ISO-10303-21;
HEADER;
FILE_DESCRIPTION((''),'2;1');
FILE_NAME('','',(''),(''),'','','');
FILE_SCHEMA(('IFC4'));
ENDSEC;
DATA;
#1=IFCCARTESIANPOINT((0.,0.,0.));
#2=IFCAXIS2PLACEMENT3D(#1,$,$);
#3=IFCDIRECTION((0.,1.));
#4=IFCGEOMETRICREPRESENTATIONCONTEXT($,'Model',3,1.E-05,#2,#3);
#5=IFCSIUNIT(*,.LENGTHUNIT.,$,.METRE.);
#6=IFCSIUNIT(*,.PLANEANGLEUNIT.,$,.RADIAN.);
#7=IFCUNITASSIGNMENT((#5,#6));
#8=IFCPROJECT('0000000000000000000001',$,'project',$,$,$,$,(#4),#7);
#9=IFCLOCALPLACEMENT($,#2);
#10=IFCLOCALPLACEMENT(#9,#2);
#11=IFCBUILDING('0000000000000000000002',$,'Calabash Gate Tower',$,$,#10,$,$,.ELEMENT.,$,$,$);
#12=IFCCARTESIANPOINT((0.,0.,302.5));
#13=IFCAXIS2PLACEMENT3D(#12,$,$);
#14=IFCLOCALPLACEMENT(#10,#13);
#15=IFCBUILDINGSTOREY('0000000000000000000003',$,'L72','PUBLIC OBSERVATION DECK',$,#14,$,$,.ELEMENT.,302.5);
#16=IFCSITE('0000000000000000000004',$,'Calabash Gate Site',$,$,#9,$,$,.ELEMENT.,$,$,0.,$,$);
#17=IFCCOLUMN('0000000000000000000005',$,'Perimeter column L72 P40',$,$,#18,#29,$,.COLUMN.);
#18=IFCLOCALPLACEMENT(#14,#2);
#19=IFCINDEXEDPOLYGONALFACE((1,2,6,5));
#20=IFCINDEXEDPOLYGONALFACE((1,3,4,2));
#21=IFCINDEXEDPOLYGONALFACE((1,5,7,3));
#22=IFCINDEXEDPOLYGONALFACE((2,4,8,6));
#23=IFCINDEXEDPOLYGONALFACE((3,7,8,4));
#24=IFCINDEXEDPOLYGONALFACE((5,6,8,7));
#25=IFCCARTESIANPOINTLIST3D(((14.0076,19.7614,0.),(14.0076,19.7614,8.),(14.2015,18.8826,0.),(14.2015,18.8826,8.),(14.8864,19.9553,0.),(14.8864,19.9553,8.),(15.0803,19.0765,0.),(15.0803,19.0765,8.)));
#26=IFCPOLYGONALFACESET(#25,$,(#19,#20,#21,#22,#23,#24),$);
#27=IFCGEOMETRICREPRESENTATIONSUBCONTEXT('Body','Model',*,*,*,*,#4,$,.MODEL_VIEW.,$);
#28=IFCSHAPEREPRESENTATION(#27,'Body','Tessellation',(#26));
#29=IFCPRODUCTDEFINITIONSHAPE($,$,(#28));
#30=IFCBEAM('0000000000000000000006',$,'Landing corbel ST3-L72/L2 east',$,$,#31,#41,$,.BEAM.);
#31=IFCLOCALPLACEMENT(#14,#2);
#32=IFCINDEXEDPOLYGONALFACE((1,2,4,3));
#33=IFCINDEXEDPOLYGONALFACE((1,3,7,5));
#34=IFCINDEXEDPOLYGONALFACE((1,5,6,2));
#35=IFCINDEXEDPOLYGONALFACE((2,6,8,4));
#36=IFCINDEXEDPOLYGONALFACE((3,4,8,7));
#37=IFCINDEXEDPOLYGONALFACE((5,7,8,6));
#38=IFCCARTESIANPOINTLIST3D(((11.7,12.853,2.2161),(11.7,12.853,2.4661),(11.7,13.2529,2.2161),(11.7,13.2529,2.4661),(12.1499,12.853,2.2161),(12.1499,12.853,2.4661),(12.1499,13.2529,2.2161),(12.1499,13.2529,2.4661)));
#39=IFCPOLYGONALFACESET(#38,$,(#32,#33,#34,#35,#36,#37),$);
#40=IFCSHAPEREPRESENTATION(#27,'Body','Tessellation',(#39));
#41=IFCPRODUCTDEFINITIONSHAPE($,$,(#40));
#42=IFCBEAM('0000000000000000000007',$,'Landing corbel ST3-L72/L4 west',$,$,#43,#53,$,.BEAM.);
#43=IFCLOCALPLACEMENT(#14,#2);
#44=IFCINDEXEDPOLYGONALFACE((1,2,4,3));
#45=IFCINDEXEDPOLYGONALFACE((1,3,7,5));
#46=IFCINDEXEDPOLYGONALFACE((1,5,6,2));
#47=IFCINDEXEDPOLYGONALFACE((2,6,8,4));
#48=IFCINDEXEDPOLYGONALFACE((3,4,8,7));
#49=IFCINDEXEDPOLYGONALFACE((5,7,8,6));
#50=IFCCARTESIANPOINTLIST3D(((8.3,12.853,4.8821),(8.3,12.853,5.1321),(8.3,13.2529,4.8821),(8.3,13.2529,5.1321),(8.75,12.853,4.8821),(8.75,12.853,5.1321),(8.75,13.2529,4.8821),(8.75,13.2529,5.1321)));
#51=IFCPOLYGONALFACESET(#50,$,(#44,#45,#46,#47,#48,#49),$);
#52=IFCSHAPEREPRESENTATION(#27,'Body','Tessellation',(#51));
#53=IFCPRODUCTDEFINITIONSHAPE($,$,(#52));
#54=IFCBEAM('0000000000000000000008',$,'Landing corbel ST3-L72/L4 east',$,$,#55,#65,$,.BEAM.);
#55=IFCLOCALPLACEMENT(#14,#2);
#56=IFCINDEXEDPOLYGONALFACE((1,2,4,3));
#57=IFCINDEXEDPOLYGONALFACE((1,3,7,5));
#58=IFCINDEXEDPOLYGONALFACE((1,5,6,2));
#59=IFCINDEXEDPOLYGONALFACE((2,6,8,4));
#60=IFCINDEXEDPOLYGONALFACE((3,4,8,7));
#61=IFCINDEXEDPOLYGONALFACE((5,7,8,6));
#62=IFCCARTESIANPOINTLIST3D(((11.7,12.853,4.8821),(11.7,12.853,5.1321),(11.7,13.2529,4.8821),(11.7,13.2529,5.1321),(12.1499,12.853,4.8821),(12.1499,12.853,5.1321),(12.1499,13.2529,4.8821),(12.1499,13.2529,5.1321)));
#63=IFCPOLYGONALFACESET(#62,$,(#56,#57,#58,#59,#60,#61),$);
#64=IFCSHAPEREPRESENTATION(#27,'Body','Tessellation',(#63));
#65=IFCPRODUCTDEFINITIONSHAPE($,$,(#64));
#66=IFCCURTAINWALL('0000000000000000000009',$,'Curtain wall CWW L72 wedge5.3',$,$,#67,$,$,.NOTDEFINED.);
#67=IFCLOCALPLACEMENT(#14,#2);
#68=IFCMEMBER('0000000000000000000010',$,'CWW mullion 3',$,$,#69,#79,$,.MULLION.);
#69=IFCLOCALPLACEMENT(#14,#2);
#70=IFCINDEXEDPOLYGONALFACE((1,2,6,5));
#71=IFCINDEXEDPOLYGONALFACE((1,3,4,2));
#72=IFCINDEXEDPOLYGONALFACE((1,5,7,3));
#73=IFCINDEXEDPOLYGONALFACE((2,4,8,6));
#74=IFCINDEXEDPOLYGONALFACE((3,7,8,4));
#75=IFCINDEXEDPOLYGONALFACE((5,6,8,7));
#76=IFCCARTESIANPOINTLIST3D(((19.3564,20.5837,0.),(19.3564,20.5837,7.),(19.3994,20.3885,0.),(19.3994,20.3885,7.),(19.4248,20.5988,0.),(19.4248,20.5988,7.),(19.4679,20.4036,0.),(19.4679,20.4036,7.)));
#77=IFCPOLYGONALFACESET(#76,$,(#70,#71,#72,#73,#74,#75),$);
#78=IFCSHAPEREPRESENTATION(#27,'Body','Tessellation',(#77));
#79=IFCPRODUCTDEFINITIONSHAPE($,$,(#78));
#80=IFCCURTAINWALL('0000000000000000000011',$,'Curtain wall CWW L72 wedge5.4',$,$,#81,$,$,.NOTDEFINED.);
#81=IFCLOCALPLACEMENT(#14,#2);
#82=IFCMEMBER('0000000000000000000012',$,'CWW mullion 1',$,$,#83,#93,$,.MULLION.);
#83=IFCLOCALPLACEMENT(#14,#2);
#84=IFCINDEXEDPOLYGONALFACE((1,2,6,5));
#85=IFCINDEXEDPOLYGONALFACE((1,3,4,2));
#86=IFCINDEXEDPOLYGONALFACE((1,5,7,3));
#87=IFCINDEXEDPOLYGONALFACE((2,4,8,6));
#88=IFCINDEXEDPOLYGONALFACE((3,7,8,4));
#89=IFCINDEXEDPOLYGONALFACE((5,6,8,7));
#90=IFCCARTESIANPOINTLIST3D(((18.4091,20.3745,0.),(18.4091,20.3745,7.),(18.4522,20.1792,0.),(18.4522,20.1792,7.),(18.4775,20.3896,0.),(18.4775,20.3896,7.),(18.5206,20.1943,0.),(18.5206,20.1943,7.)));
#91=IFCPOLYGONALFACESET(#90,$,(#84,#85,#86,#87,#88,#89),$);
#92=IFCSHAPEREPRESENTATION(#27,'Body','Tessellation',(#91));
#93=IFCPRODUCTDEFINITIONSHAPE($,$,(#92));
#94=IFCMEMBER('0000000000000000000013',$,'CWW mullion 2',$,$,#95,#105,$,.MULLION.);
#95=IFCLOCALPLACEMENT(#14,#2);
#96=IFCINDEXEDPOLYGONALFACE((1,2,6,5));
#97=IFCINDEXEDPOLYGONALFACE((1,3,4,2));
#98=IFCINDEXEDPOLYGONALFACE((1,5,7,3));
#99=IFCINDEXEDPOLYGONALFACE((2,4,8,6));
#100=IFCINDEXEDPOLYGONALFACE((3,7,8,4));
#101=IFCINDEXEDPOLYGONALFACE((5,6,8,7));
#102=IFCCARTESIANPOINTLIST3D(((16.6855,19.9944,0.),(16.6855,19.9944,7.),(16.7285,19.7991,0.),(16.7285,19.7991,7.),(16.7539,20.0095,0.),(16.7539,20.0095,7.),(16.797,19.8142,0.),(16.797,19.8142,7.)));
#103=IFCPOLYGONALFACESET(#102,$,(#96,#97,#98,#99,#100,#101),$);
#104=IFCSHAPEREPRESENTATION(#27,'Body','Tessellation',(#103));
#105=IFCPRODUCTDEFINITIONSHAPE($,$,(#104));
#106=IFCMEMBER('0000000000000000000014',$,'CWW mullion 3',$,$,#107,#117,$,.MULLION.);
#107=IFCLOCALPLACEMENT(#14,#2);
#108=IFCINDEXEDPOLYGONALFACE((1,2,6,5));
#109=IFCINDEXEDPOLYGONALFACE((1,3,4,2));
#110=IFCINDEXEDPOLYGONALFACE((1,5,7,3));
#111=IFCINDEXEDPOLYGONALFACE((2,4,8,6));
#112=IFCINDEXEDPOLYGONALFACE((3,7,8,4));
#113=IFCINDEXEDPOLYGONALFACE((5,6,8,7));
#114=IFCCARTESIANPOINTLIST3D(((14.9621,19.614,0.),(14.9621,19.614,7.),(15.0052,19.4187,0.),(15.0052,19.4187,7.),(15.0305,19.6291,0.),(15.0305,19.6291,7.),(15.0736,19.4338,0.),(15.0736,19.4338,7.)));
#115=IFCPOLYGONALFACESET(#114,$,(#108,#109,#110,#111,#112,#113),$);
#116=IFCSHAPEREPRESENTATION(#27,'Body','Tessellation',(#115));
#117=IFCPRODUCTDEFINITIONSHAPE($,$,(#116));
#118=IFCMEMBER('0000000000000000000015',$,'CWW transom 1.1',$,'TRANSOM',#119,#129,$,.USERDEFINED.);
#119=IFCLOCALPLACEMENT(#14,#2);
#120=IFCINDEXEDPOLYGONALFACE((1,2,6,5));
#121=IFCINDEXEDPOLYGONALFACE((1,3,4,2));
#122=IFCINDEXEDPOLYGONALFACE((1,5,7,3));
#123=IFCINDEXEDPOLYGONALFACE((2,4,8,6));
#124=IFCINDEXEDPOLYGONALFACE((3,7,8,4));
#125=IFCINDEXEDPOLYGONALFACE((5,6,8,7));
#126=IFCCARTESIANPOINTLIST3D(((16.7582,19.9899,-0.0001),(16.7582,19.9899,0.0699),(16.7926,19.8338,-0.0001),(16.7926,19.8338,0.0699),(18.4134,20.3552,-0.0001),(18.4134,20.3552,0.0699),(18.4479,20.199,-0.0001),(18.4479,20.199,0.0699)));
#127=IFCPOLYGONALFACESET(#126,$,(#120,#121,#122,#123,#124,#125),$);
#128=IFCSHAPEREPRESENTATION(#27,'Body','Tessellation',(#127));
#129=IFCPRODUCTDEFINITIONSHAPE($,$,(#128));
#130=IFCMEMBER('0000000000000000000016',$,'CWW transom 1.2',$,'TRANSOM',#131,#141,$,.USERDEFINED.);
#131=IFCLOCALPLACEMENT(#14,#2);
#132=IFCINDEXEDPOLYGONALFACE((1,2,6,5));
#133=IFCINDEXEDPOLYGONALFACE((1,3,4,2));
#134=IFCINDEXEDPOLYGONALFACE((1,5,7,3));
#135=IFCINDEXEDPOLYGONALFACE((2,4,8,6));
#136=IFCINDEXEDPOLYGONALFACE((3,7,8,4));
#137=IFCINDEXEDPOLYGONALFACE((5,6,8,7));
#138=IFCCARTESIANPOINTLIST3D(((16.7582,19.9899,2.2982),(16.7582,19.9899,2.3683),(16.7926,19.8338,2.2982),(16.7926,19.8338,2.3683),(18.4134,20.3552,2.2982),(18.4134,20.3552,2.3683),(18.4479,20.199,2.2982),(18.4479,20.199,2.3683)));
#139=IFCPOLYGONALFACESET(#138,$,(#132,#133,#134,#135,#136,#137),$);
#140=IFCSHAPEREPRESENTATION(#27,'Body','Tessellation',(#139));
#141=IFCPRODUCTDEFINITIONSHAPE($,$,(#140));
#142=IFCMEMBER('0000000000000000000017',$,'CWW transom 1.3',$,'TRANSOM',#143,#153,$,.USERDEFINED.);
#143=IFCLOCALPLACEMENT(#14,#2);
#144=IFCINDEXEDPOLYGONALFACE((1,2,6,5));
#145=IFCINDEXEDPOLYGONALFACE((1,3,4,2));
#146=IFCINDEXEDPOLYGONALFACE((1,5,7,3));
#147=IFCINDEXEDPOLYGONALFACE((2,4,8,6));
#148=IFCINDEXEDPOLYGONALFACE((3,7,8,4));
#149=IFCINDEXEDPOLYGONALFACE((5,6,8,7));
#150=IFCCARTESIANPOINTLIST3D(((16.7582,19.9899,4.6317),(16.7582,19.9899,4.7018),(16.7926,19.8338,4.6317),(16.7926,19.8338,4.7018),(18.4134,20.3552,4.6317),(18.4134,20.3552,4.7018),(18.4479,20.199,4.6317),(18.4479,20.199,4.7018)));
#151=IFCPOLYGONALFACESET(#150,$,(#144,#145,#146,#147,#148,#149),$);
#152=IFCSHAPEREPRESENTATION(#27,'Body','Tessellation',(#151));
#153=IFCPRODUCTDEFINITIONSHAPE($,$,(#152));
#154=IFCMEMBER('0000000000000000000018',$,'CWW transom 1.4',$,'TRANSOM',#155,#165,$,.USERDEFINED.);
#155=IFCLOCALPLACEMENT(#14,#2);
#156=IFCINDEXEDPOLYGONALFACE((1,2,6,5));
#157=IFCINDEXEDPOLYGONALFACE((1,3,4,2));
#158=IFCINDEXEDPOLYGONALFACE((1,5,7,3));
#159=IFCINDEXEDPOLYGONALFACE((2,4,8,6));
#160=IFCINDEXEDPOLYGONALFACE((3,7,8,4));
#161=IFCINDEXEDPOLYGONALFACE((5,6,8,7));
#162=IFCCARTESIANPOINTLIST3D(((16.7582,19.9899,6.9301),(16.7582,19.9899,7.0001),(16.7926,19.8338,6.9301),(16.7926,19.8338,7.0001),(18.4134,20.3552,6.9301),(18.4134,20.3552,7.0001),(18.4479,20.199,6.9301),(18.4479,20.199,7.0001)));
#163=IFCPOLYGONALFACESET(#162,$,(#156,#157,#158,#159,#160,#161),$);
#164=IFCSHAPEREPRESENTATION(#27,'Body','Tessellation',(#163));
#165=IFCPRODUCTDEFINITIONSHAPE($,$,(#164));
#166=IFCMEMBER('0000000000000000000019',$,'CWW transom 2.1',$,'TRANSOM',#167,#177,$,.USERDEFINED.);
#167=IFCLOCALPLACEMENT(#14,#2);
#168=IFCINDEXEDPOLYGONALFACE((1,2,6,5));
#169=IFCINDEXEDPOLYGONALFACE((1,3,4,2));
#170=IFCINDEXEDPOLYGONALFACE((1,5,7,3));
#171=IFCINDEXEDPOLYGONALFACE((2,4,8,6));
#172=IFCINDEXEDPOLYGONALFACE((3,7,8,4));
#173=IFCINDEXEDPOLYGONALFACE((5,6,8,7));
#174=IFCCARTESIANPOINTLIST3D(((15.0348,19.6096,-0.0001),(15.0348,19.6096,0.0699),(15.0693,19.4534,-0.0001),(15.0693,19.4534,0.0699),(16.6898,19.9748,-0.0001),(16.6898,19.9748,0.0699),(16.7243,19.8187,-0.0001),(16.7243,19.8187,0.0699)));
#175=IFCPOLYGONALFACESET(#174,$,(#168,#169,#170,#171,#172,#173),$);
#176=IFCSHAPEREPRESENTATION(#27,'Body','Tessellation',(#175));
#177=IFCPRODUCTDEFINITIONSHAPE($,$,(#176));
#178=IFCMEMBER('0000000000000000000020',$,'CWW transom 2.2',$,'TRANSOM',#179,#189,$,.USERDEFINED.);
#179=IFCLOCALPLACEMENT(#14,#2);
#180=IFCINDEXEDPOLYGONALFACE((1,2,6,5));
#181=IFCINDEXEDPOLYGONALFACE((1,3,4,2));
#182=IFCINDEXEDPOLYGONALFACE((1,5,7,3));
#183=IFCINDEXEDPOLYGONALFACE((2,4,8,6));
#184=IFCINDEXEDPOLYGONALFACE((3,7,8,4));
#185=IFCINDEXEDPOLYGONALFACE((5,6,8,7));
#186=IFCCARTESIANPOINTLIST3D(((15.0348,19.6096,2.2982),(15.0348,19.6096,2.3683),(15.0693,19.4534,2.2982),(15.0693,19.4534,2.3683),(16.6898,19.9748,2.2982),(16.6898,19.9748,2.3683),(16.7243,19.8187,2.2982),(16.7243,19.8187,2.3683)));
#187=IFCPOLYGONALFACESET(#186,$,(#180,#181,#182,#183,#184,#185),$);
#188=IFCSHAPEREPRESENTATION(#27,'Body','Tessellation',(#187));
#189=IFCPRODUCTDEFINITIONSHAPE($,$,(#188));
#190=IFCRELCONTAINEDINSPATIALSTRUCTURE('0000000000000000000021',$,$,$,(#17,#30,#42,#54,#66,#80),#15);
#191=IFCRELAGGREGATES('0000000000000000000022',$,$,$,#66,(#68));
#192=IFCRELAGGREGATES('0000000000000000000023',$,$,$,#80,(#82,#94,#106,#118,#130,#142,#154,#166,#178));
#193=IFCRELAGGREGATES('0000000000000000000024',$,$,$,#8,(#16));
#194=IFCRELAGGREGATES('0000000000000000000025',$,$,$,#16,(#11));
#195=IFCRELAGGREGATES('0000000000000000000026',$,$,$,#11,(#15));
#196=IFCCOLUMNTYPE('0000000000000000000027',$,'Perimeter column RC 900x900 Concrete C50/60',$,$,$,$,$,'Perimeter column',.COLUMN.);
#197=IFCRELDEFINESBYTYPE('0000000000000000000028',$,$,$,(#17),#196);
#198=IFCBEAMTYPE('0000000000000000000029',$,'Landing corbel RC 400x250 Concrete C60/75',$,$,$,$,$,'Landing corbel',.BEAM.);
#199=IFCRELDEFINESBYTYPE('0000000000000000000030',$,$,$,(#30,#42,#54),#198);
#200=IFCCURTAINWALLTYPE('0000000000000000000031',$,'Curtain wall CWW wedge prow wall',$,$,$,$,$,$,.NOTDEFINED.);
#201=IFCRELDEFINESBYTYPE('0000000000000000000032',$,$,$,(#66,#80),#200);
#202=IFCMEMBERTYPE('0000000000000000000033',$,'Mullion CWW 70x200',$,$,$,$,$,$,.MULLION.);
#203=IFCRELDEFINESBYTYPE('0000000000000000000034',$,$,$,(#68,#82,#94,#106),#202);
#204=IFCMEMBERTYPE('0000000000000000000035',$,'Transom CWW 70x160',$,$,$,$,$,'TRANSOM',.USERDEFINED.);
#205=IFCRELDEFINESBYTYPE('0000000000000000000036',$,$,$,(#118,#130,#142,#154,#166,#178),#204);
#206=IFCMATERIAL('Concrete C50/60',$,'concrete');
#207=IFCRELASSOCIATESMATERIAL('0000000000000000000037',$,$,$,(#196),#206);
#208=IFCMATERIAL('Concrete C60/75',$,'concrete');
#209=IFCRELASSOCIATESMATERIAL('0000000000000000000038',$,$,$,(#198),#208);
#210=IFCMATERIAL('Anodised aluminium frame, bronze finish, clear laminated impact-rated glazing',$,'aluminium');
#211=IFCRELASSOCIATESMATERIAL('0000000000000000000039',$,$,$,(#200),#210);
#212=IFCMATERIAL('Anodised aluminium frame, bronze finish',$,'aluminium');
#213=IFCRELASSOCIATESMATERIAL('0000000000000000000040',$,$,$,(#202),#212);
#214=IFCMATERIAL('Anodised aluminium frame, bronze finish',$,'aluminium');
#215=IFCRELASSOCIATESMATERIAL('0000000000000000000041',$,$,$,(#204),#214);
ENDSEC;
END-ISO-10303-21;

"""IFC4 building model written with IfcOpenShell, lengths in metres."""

from ifc_helpers import new_model, si_unit, direction, frame, origin, origin_2d, place, context, subcontext, project, spatial, rectangle, extrude, material, material_profile, profile_set, type_object, element, aggregate, save


model = new_model("IFC4")

# Units and contexts
model_context = context("Model", 3, precision=1e-05, world=origin(), true_north=direction((0.0, 1.0)))
body_context = subcontext(model_context, "Body", "Model", "MODEL_VIEW")
ifc_project = project(units=[si_unit("LENGTHUNIT", "METRE"), si_unit("PLANEANGLEUNIT", "RADIAN")], contexts=[model_context])

# Site, building, storey
site_placement = place(None, origin())
site = spatial("IfcSite", under=ifc_project, at=site_placement, Name="Calabash Gate Site", CompositionType="ELEMENT", RefElevation=0.0)
building_placement = place(site_placement, origin())
building = spatial("IfcBuilding", under=site, at=building_placement, Name="Calabash Gate Tower", CompositionType="ELEMENT")
storey_placement = place(building_placement, frame((0.0, 0.0, 302.5)))
storey = spatial("IfcBuildingStorey", under=building, at=storey_placement, Name="L72", Description="PUBLIC OBSERVATION DECK", CompositionType="ELEMENT", Elevation=302.5)

# Column
ifc_material_1 = material(Name="Concrete C50/60", Category="concrete")
ifc_material_profile_1 = material_profile(ifc_material_1, rectangle(XDim=0.8999, YDim=0.8999, at=origin_2d()))
ifc_profile_set_1 = profile_set([ifc_material_profile_1], Name="Concrete C50/60")
column_type = type_object("IfcColumnType", Name="Perimeter column RC 900x900 Concrete C50/60", ElementType="Perimeter column", PredefinedType="COLUMN", material=ifc_profile_set_1)
column_placement = place(storey_placement, frame((14.5439, 19.4189, 0.0), z_axis=(0.0, 0.0, 1.0), x_axis=(-0.976511, -0.215468, 0.0)))
element("IfcColumn", 1, at=column_placement, inside=storey, type_object=column_type, Name="Perimeter column L72 P40", PredefinedType="COLUMN", context=body_context, shape_type="SweptSolid", body=[
    extrude(rectangle(XDim=0.8999, YDim=0.8999, at=origin_2d()), origin(), (0.0, 0.0, 1.0), 8.0),
])

# Beams
ifc_material_2 = material(Name="Concrete C60/75", Category="concrete")
ifc_material_profile_2 = material_profile(ifc_material_2, rectangle(XDim=0.3999, YDim=0.25, at=origin_2d()))
ifc_profile_set_2 = profile_set([ifc_material_profile_2], Name="Concrete C60/75")
beam_type = type_object("IfcBeamType", Name="Landing corbel RC 400x250 Concrete C60/75", ElementType="Landing corbel", PredefinedType="BEAM", material=ifc_profile_set_2)
for number, where, z_axis, x_axis, name in (
    (2, (12.1499, 13.053, 2.3411), (-1.0, 0.0, 0.0), (0.0, -1.0, 0.0), "Landing corbel ST3-L72/L2 east"),
    (3, (8.3, 13.053, 5.0071), (1.0, 0.0, 0.0), (0.0, 1.0, 0.0), "Landing corbel ST3-L72/L4 west"),
    (4, (12.1499, 13.053, 5.0071), (-1.0, 0.0, 0.0), (0.0, -1.0, 0.0), "Landing corbel ST3-L72/L4 east"),
):
    element("IfcBeam", number, at=place(storey_placement, frame(where, z_axis=z_axis, x_axis=x_axis)), inside=storey, type_object=beam_type, Name=name, PredefinedType="BEAM", context=body_context, shape_type="SweptSolid", body=[
        extrude(rectangle(XDim=0.3999, YDim=0.25, at=origin_2d()), origin(), (0.0, 0.0, 1.0), 0.45),
    ])

# Curtain wall, member
ifc_material_3 = material(Name="Anodised aluminium frame, bronze finish, clear laminated impact-rated glazing", Category="aluminium")
curtain_wall_type = type_object("IfcCurtainWallType", Name="Curtain wall CWW wedge prow wall", PredefinedType="NOTDEFINED", material=ifc_material_3)
curtain_wall_1_placement = place(storey_placement, origin())
curtain_wall_1 = element("IfcCurtainWall", 5, at=curtain_wall_1_placement, inside=storey, type_object=curtain_wall_type, Name="Curtain wall CWW L72 wedge5.3", PredefinedType="NOTDEFINED")
ifc_material_4 = material(Name="Anodised aluminium frame, bronze finish", Category="aluminium")
ifc_material_profile_3 = material_profile(ifc_material_4, rectangle(XDim=0.2, YDim=0.0701, at=origin_2d()))
ifc_profile_set_3 = profile_set([ifc_material_profile_3], Name="Anodised aluminium frame, bronze finish")
member_type_1 = type_object("IfcMemberType", Name="Mullion CWW 70x200", PredefinedType="MULLION", material=ifc_profile_set_3)
member_1_placement = place(storey_placement, frame((19.4121, 20.4937, 0.0), z_axis=(0.0, 0.0, 1.0), x_axis=(0.215468, -0.976511, 0.0)))
member_1 = element("IfcMember", 6, at=member_1_placement, type_object=member_type_1, Name="CWW mullion 3", PredefinedType="MULLION", context=body_context, shape_type="SweptSolid", body=[
    extrude(rectangle(XDim=0.2, YDim=0.0701, at=origin_2d()), origin(), (0.0, 0.0, 1.0), 7.0),
])
aggregate(curtain_wall_1, [member_1])

# Curtain wall, members
curtain_wall_2_placement = place(storey_placement, origin())
curtain_wall_2 = element("IfcCurtainWall", 7, at=curtain_wall_2_placement, inside=storey, type_object=curtain_wall_type, Name="Curtain wall CWW L72 wedge5.4", PredefinedType="NOTDEFINED")
member_2_placement = place(storey_placement, frame((18.4648, 20.2844, 0.0), z_axis=(0.0, 0.0, 1.0), x_axis=(0.215468, -0.976511, 0.0)))
member_2 = element("IfcMember", 8, at=member_2_placement, type_object=member_type_1, Name="CWW mullion 1", PredefinedType="MULLION", context=body_context, shape_type="SweptSolid", body=[
    extrude(rectangle(XDim=0.2, YDim=0.0701, at=origin_2d()), origin(), (0.0, 0.0, 1.0), 7.0),
])
member_3_placement = place(storey_placement, frame((16.7412, 19.9043, 0.0), z_axis=(0.0, 0.0, 1.0), x_axis=(0.215468, -0.976511, 0.0)))
member_3 = element("IfcMember", 9, at=member_3_placement, type_object=member_type_1, Name="CWW mullion 2", PredefinedType="MULLION", context=body_context, shape_type="SweptSolid", body=[
    extrude(rectangle(XDim=0.2, YDim=0.0701, at=origin_2d()), origin(), (0.0, 0.0, 1.0), 7.0),
])
member_4_placement = place(storey_placement, frame((15.0178, 19.5239, 0.0), z_axis=(0.0, 0.0, 1.0), x_axis=(0.215468, -0.976511, 0.0)))
member_4 = element("IfcMember", 10, at=member_4_placement, type_object=member_type_1, Name="CWW mullion 3", PredefinedType="MULLION", context=body_context, shape_type="SweptSolid", body=[
    extrude(rectangle(XDim=0.2, YDim=0.0701, at=origin_2d()), origin(), (0.0, 0.0, 1.0), 7.0),
])
ifc_material_5 = material(Name="Anodised aluminium frame, bronze finish", Category="aluminium")
ifc_material_profile_4 = material_profile(ifc_material_5, rectangle(XDim=0.1599, YDim=0.0701, at=origin_2d()))
ifc_profile_set_4 = profile_set([ifc_material_profile_4], Name="Anodised aluminium frame, bronze finish")
member_type_2 = type_object("IfcMemberType", Name="Transom CWW 70x160", ElementType="TRANSOM", PredefinedType="USERDEFINED", material=ifc_profile_set_4)
member_5_placement = place(storey_placement, frame((18.4307, 20.2771, 0.0349), z_axis=(-0.976511, -0.215466, 0.0), x_axis=(0.215466, -0.976511, 0.0)))
member_5 = element("IfcMember", 11, at=member_5_placement, type_object=member_type_2, Name="CWW transom 1.1", ObjectType="TRANSOM", PredefinedType="USERDEFINED", context=body_context, shape_type="SweptSolid", body=[
    extrude(rectangle(XDim=0.1599, YDim=0.0701, at=origin_2d()), origin(), (0.0, 0.0, 1.0), 1.6951),
])
member_6_placement = place(storey_placement, frame((18.4307, 20.2771, 2.3333), z_axis=(-0.976511, -0.215466, 0.0), x_axis=(0.215466, -0.976511, 0.0)))
member_6 = element("IfcMember", 12, at=member_6_placement, type_object=member_type_2, Name="CWW transom 1.2", ObjectType="TRANSOM", PredefinedType="USERDEFINED", context=body_context, shape_type="SweptSolid", body=[
    extrude(rectangle(XDim=0.1599, YDim=0.0701, at=origin_2d()), origin(), (0.0, 0.0, 1.0), 1.6951),
])
member_7_placement = place(storey_placement, frame((18.4307, 20.2771, 4.6667), z_axis=(-0.976511, -0.215466, 0.0), x_axis=(0.215466, -0.976511, 0.0)))
member_7 = element("IfcMember", 13, at=member_7_placement, type_object=member_type_2, Name="CWW transom 1.3", ObjectType="TRANSOM", PredefinedType="USERDEFINED", context=body_context, shape_type="SweptSolid", body=[
    extrude(rectangle(XDim=0.1599, YDim=0.0701, at=origin_2d()), origin(), (0.0, 0.0, 1.0), 1.6951),
])
member_8_placement = place(storey_placement, frame((18.4307, 20.2771, 6.9651), z_axis=(-0.976511, -0.215466, 0.0), x_axis=(0.215466, -0.976511, 0.0)))
member_8 = element("IfcMember", 14, at=member_8_placement, type_object=member_type_2, Name="CWW transom 1.4", ObjectType="TRANSOM", PredefinedType="USERDEFINED", context=body_context, shape_type="SweptSolid", body=[
    extrude(rectangle(XDim=0.1599, YDim=0.0701, at=origin_2d()), origin(), (0.0, 0.0, 1.0), 1.6951),
])
member_9_placement = place(storey_placement, frame((16.707, 19.8967, 0.0349), z_axis=(-0.976505, -0.215497, 0.0), x_axis=(0.215497, -0.976505, 0.0)))
member_9 = element("IfcMember", 15, at=member_9_placement, type_object=member_type_2, Name="CWW transom 2.1", ObjectType="TRANSOM", PredefinedType="USERDEFINED", context=body_context, shape_type="SweptSolid", body=[
    extrude(rectangle(XDim=0.1599, YDim=0.0701, at=origin_2d()), origin(), (0.0, 0.0, 1.0), 1.6948),
])
member_10_placement = place(storey_placement, frame((16.707, 19.8967, 2.3333), z_axis=(-0.976505, -0.215497, 0.0), x_axis=(0.215497, -0.976505, 0.0)))
member_10 = element("IfcMember", 16, at=member_10_placement, type_object=member_type_2, Name="CWW transom 2.2", ObjectType="TRANSOM", PredefinedType="USERDEFINED", context=body_context, shape_type="SweptSolid", body=[
    extrude(rectangle(XDim=0.1599, YDim=0.0701, at=origin_2d()), origin(), (0.0, 0.0, 1.0), 1.6948),
])
aggregate(curtain_wall_2, [member_2, member_3, member_4, member_5, member_6, member_7, member_8, member_9, member_10])

save(model, "model.ifc")
